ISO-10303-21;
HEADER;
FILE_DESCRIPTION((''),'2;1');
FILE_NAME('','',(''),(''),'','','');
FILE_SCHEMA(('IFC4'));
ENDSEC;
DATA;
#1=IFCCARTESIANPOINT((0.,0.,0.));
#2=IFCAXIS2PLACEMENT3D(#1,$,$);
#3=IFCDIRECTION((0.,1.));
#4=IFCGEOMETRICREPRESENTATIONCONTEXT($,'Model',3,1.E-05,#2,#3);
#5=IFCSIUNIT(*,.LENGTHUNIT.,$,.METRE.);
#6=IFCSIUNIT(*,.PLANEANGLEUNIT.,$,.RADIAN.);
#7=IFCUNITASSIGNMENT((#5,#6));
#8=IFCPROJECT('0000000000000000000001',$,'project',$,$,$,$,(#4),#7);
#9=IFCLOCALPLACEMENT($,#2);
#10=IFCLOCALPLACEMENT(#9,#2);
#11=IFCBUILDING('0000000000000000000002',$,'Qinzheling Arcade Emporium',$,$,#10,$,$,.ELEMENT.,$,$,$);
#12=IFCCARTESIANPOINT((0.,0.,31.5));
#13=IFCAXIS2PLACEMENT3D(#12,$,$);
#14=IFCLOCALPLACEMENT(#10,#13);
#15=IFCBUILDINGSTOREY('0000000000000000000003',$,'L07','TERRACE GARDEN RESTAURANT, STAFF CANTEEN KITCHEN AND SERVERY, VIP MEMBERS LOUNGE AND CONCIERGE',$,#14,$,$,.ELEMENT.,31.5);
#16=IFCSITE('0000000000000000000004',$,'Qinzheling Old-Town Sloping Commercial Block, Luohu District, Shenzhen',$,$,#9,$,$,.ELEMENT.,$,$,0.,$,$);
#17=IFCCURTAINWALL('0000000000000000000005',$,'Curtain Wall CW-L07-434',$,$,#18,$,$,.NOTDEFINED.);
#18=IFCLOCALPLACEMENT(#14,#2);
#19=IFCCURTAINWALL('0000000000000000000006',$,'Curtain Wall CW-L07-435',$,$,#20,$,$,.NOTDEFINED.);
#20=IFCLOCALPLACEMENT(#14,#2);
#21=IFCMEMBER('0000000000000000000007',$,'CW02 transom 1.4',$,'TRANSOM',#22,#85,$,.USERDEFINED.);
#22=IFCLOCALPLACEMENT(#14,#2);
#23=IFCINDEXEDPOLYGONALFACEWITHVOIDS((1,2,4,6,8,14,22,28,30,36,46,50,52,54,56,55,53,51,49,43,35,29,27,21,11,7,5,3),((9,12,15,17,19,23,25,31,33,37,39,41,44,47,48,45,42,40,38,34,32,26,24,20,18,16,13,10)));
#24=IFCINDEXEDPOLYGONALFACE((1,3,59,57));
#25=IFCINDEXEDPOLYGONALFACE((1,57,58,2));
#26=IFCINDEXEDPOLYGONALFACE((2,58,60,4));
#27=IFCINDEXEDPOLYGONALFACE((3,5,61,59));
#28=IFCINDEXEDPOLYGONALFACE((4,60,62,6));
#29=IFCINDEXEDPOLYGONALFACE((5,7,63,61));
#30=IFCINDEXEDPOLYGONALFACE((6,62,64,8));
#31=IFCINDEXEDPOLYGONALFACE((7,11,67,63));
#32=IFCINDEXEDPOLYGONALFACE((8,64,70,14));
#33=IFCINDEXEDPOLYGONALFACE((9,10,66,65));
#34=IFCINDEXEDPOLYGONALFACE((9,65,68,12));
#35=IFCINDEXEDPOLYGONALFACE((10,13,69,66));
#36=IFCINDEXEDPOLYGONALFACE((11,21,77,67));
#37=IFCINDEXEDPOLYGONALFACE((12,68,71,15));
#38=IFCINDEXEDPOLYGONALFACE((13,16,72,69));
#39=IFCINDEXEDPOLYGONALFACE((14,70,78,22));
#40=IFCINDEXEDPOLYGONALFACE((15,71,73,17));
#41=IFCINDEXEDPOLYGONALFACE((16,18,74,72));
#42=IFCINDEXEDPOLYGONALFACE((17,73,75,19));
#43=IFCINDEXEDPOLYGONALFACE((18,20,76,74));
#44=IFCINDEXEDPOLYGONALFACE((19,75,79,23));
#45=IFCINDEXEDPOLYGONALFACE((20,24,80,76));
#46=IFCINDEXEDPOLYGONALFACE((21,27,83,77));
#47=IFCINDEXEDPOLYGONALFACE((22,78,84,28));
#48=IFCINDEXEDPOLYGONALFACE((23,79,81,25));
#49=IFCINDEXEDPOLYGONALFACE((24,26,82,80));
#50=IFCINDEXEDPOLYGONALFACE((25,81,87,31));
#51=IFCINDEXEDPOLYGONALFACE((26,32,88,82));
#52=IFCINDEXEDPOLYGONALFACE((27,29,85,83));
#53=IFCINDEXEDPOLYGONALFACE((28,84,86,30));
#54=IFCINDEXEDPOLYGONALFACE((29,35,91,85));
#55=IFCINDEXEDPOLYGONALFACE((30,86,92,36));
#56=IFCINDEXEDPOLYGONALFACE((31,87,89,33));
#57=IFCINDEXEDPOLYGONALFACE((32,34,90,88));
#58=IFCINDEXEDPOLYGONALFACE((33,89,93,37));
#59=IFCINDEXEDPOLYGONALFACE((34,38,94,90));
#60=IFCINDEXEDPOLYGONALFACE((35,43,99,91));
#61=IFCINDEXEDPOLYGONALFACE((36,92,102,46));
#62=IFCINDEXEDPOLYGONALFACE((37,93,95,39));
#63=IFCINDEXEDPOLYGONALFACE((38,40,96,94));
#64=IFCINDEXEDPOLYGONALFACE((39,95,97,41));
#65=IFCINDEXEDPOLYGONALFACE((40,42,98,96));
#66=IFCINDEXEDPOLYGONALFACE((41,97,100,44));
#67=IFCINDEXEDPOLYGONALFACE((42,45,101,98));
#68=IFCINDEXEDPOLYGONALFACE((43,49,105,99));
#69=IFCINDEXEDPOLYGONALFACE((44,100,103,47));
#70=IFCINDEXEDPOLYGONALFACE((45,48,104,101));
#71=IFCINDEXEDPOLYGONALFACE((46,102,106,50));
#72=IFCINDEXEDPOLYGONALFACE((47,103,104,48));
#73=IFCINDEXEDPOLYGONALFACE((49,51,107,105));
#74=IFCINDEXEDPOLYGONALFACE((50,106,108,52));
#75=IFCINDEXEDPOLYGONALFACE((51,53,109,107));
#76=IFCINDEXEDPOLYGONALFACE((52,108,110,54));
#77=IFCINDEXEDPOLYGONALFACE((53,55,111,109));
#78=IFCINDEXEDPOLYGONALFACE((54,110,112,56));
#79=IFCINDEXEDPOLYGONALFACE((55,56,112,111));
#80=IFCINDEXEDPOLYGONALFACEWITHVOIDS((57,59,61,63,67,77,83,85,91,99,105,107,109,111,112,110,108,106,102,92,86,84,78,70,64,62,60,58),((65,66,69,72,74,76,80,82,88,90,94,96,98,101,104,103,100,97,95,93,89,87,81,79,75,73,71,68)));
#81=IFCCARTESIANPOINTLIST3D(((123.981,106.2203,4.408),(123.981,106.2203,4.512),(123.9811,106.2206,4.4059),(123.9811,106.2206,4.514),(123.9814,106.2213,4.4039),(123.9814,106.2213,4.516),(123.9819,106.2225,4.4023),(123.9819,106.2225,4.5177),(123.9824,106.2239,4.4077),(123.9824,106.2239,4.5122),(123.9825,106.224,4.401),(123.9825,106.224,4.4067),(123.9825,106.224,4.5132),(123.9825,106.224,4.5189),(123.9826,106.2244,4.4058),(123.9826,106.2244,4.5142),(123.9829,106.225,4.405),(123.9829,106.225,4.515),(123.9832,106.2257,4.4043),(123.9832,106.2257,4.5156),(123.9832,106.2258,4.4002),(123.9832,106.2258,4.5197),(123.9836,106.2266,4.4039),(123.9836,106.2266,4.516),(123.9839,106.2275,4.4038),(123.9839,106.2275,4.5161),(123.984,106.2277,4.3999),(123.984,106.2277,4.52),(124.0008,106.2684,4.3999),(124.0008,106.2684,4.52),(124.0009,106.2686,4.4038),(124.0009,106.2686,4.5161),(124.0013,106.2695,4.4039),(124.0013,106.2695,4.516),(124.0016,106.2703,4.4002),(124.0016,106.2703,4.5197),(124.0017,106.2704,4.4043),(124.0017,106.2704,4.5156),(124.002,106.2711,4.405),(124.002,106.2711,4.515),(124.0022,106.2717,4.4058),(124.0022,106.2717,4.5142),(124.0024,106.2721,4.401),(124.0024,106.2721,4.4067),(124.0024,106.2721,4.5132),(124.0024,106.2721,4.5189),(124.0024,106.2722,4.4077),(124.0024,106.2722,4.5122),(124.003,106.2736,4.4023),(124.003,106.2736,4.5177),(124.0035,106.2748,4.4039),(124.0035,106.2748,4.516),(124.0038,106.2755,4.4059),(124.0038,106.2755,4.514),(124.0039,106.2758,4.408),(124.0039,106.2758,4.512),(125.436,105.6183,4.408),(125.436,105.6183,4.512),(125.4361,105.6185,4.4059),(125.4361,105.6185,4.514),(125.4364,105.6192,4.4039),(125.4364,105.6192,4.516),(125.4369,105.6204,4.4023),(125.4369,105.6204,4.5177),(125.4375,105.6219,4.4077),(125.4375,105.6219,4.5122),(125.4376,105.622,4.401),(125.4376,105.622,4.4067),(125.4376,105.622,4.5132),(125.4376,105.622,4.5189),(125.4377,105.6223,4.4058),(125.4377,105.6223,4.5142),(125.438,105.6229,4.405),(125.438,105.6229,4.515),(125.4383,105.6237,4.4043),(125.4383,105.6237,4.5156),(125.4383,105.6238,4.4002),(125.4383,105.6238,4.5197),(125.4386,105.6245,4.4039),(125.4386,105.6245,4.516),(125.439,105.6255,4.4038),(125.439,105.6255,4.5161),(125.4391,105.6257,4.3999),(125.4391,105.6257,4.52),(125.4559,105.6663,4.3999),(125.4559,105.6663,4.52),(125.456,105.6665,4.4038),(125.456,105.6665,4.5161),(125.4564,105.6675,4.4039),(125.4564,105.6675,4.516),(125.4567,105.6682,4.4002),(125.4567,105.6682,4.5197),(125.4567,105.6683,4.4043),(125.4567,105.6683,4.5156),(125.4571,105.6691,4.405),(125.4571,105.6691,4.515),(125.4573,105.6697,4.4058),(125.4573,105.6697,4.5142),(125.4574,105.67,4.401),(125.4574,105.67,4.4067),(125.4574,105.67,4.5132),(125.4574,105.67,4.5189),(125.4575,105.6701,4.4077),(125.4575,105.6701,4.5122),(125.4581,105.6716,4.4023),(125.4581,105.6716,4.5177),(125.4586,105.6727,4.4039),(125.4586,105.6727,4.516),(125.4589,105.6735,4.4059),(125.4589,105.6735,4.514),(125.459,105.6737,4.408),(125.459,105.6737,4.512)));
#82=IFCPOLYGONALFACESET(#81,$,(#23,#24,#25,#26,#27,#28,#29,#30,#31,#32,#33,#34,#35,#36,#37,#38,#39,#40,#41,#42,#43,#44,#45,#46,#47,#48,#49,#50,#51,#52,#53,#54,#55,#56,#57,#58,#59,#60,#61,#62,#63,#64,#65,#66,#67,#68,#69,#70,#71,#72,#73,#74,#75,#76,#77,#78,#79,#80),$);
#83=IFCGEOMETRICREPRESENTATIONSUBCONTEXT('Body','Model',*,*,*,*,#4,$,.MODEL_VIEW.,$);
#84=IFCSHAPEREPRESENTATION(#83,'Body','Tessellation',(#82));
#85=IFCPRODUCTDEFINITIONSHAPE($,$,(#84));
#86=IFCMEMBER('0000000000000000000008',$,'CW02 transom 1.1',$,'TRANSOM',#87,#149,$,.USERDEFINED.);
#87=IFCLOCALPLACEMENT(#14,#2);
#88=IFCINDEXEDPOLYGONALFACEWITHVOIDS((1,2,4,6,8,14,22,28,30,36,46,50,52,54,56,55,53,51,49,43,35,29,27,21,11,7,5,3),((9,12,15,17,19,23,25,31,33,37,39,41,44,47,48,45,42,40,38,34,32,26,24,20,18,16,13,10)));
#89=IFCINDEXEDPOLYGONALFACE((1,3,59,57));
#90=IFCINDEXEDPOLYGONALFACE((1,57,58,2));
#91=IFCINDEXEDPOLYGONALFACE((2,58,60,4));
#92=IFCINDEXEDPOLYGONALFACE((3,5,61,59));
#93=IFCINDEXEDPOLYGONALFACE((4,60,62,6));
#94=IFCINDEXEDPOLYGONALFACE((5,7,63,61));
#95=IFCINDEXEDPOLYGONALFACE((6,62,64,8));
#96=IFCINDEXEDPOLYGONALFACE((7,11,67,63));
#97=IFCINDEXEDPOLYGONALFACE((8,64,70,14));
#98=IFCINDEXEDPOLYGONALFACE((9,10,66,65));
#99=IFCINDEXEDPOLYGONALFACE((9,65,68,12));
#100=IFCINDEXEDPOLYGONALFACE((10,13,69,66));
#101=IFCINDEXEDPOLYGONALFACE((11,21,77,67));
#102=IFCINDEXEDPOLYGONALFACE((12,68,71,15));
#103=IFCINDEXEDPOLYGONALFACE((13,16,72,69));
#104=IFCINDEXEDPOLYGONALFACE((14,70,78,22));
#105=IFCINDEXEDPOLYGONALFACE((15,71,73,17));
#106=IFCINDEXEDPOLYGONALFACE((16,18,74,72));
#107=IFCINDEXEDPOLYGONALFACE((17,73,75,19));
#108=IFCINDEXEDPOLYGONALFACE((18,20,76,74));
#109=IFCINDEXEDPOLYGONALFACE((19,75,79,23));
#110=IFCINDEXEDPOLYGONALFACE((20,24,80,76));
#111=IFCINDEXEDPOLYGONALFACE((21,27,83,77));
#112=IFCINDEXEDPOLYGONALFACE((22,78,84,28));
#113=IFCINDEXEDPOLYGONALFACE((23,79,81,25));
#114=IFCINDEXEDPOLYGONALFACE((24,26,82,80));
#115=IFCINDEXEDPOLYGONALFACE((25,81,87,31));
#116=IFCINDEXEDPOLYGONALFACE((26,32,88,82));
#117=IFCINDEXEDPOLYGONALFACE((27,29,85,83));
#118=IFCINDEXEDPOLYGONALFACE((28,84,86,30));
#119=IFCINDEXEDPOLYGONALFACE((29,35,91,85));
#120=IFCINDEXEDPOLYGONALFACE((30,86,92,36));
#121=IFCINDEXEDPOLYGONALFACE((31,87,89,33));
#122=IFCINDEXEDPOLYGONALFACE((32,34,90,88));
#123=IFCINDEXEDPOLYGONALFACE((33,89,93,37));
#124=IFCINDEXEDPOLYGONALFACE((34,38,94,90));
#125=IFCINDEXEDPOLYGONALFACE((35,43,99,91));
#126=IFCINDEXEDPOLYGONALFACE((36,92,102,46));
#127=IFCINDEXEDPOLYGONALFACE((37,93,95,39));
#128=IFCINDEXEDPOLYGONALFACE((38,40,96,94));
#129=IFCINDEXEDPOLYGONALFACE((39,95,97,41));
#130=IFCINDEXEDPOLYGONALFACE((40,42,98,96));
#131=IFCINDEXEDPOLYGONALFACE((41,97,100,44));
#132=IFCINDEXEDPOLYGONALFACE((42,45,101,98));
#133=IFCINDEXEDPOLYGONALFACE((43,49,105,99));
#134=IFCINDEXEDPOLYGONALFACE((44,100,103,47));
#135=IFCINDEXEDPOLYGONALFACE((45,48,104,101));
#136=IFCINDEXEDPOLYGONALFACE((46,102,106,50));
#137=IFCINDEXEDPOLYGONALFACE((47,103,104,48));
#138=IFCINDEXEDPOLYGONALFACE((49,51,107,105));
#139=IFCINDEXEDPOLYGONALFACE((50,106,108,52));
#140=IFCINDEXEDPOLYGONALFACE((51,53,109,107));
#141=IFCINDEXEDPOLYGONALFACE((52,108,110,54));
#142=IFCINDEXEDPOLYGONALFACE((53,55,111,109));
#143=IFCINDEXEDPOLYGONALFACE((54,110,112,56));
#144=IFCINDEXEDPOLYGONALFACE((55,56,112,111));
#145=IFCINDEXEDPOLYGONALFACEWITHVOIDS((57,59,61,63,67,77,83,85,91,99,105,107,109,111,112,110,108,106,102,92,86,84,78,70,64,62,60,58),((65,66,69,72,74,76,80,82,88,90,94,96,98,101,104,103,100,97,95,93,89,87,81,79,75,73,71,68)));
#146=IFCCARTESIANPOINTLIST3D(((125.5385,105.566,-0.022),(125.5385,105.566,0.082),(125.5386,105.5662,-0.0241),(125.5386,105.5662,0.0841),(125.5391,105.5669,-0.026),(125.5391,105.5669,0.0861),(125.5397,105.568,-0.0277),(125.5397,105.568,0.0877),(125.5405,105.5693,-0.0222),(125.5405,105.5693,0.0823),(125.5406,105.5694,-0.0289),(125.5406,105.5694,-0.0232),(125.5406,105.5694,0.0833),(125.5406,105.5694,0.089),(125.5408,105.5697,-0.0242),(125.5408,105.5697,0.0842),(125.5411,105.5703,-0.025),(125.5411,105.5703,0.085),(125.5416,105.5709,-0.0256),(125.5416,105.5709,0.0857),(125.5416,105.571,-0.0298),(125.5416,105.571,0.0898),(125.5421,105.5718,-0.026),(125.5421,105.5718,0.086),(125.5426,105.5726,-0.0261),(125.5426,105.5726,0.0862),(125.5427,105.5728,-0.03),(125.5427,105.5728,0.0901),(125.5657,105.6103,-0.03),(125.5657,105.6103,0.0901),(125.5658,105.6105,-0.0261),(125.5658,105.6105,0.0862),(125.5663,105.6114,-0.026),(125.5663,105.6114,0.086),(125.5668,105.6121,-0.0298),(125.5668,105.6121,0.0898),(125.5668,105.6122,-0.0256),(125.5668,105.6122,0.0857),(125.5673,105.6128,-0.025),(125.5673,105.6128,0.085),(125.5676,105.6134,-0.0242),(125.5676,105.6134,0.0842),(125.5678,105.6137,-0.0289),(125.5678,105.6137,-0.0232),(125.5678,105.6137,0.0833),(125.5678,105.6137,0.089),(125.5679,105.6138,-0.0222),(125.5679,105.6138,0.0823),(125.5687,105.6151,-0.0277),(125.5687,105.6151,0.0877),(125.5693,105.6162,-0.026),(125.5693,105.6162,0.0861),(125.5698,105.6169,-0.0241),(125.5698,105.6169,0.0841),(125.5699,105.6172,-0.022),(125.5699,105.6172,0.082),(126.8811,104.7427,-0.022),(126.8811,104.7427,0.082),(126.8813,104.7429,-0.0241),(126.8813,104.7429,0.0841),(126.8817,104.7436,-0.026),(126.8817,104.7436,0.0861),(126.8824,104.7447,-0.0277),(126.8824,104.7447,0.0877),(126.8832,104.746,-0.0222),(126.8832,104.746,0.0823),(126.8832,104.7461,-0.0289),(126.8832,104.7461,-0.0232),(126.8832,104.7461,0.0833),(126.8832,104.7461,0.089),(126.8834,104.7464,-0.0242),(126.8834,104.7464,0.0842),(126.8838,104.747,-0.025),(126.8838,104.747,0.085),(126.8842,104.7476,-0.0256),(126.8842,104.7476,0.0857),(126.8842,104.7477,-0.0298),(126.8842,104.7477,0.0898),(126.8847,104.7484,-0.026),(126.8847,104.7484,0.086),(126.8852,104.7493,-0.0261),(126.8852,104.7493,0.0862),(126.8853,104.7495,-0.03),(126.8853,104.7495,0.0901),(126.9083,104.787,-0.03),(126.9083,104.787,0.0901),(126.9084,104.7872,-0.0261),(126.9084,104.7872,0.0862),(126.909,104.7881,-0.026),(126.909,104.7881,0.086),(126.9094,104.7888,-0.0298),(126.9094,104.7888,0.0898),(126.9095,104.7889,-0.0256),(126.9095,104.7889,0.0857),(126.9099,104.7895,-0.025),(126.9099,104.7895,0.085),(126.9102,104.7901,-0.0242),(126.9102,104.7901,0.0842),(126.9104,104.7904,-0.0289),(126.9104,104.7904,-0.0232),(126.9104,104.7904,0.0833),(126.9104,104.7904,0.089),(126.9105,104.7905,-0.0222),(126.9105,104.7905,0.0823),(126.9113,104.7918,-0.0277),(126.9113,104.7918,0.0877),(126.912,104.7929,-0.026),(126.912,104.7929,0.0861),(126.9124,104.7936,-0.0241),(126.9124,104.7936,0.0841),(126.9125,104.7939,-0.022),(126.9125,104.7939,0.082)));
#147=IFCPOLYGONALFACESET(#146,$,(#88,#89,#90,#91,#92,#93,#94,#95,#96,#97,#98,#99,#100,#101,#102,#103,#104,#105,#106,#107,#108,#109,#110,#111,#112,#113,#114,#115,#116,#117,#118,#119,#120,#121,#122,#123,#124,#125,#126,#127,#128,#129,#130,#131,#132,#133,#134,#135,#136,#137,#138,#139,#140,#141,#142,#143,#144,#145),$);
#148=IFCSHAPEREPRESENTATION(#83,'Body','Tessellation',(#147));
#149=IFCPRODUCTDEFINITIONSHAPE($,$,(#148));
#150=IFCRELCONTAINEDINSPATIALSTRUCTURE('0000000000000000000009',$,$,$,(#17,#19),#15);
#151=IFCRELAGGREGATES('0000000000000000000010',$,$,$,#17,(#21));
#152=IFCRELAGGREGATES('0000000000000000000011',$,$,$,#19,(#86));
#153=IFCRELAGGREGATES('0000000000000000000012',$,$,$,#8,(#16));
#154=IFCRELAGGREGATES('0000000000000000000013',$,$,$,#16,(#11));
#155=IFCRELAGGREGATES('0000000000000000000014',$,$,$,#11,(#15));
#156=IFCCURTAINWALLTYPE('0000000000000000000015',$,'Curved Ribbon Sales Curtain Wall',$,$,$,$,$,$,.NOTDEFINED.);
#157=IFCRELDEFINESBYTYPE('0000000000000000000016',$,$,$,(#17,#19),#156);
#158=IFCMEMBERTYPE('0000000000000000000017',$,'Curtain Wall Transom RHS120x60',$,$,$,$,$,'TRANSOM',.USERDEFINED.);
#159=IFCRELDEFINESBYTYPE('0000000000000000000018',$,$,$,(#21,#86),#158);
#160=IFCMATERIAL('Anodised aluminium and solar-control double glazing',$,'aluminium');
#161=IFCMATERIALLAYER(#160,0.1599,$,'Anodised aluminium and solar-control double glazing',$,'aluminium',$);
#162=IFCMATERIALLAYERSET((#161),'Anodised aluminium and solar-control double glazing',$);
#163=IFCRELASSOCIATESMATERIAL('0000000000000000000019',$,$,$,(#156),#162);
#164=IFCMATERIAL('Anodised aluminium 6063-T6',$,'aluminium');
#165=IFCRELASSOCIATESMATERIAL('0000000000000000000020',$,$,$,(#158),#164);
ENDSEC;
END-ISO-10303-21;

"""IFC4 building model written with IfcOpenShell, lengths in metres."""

from ifc_helpers import new_model, si_unit, direction, frame, origin, origin_2d, place, context, subcontext, project, spatial, hollow_rectangle, extrude, material, layer, layer_set, material_profile, profile_set, type_object, element, aggregate, save


model = new_model("IFC4")

# Units and contexts
model_context = context("Model", 3, precision=1e-05, world=origin(), true_north=direction((0.0, 1.0)))
body_context = subcontext(model_context, "Body", "Model", "MODEL_VIEW")
ifc_project = project(units=[si_unit("LENGTHUNIT", "METRE"), si_unit("PLANEANGLEUNIT", "RADIAN")], contexts=[model_context])

# Site, building, storey
site_placement = place(None, origin())
site = spatial("IfcSite", under=ifc_project, at=site_placement, Name="Qinzheling Old-Town Sloping Commercial Block, Luohu District, Shenzhen", CompositionType="ELEMENT", RefElevation=0.0)
building_placement = place(site_placement, origin())
building = spatial("IfcBuilding", under=site, at=building_placement, Name="Qinzheling Arcade Emporium", CompositionType="ELEMENT")
storey_placement = place(building_placement, frame((0.0, 0.0, 31.5)))
storey = spatial("IfcBuildingStorey", under=building, at=storey_placement, Name="L07", Description="TERRACE GARDEN RESTAURANT, STAFF CANTEEN KITCHEN AND SERVERY, VIP MEMBERS LOUNGE AND CONCIERGE", CompositionType="ELEMENT", Elevation=31.5)

# Shared definitions
ifc_material_1 = material(Name="Anodised aluminium and solar-control double glazing", Category="aluminium")
ifc_layer_1 = layer(ifc_material_1, 0.1599, Name="Anodised aluminium and solar-control double glazing", Category="aluminium")
ifc_layer_set_1 = layer_set([ifc_layer_1], Name="Anodised aluminium and solar-control double glazing")
curtain_wall_type = type_object("IfcCurtainWallType", Name="Curved Ribbon Sales Curtain Wall", PredefinedType="NOTDEFINED", material=ifc_layer_set_1)
ifc_material_2 = material(Name="Anodised aluminium 6063-T6", Category="aluminium")

# Curtain wall
curtain_wall_1_placement = place(storey_placement, origin())
curtain_wall_1 = element("IfcCurtainWall", 1, at=curtain_wall_1_placement, inside=storey, type_object=curtain_wall_type, Name="Curtain Wall CW-L07-434", PredefinedType="NOTDEFINED")

# Curtain wall
curtain_wall_2_placement = place(storey_placement, origin())
curtain_wall_2 = element("IfcCurtainWall", 2, at=curtain_wall_2_placement, inside=storey, type_object=curtain_wall_type, Name="Curtain Wall CW-L07-435", PredefinedType="NOTDEFINED")

# Members
ifc_material_profile_1 = material_profile(ifc_material_2, hollow_rectangle(XDim=0.0601, YDim=0.1201, WallThickness=0.0039, InnerFilletRadius=0.0039, OuterFilletRadius=0.0081, at=origin_2d()), Name="RHS 120x60x4", Category="aluminium")
ifc_profile_set_1 = profile_set([ifc_material_profile_1], Name="Anodised aluminium 6063-T6")
member_type_1 = type_object("IfcMemberType", Name="Curtain Wall Transom RHS120x60", ElementType="TRANSOM", PredefinedType="USERDEFINED", material=ifc_profile_set_1)
member_1_placement = place(storey_placement, frame((123.9924, 106.248, 4.46), z_axis=(0.924028, -0.382324, 0.0), x_axis=(0.382324, 0.924028, 0.0)))
member_1 = element("IfcMember", 3, at=member_1_placement, type_object=member_type_1, Name="CW02 transom 1.4", ObjectType="TRANSOM", PredefinedType="USERDEFINED", context=body_context, shape_type="SweptSolid", body=[
    extrude(hollow_rectangle(XDim=0.0601, YDim=0.1201, WallThickness=0.0039, InnerFilletRadius=0.0039, OuterFilletRadius=0.0081, at=origin_2d()), origin(), (0.0, 0.0, 1.0), 1.5747),
])
member_2_placement = place(storey_placement, frame((125.5542, 105.5916, 0.03), z_axis=(0.852488, -0.522747, 0.0), x_axis=(0.522747, 0.852488, 0.0)))
member_2 = element("IfcMember", 4, at=member_2_placement, type_object=member_type_1, Name="CW02 transom 1.1", ObjectType="TRANSOM", PredefinedType="USERDEFINED", context=body_context, shape_type="SweptSolid", body=[
    extrude(hollow_rectangle(XDim=0.0601, YDim=0.1201, WallThickness=0.0039, InnerFilletRadius=0.0039, OuterFilletRadius=0.0081, at=origin_2d()), origin(), (0.0, 0.0, 1.0), 1.575),
])

aggregate(curtain_wall_1, [member_1])
aggregate(curtain_wall_2, [member_2])

save(model, "model.ifc")
